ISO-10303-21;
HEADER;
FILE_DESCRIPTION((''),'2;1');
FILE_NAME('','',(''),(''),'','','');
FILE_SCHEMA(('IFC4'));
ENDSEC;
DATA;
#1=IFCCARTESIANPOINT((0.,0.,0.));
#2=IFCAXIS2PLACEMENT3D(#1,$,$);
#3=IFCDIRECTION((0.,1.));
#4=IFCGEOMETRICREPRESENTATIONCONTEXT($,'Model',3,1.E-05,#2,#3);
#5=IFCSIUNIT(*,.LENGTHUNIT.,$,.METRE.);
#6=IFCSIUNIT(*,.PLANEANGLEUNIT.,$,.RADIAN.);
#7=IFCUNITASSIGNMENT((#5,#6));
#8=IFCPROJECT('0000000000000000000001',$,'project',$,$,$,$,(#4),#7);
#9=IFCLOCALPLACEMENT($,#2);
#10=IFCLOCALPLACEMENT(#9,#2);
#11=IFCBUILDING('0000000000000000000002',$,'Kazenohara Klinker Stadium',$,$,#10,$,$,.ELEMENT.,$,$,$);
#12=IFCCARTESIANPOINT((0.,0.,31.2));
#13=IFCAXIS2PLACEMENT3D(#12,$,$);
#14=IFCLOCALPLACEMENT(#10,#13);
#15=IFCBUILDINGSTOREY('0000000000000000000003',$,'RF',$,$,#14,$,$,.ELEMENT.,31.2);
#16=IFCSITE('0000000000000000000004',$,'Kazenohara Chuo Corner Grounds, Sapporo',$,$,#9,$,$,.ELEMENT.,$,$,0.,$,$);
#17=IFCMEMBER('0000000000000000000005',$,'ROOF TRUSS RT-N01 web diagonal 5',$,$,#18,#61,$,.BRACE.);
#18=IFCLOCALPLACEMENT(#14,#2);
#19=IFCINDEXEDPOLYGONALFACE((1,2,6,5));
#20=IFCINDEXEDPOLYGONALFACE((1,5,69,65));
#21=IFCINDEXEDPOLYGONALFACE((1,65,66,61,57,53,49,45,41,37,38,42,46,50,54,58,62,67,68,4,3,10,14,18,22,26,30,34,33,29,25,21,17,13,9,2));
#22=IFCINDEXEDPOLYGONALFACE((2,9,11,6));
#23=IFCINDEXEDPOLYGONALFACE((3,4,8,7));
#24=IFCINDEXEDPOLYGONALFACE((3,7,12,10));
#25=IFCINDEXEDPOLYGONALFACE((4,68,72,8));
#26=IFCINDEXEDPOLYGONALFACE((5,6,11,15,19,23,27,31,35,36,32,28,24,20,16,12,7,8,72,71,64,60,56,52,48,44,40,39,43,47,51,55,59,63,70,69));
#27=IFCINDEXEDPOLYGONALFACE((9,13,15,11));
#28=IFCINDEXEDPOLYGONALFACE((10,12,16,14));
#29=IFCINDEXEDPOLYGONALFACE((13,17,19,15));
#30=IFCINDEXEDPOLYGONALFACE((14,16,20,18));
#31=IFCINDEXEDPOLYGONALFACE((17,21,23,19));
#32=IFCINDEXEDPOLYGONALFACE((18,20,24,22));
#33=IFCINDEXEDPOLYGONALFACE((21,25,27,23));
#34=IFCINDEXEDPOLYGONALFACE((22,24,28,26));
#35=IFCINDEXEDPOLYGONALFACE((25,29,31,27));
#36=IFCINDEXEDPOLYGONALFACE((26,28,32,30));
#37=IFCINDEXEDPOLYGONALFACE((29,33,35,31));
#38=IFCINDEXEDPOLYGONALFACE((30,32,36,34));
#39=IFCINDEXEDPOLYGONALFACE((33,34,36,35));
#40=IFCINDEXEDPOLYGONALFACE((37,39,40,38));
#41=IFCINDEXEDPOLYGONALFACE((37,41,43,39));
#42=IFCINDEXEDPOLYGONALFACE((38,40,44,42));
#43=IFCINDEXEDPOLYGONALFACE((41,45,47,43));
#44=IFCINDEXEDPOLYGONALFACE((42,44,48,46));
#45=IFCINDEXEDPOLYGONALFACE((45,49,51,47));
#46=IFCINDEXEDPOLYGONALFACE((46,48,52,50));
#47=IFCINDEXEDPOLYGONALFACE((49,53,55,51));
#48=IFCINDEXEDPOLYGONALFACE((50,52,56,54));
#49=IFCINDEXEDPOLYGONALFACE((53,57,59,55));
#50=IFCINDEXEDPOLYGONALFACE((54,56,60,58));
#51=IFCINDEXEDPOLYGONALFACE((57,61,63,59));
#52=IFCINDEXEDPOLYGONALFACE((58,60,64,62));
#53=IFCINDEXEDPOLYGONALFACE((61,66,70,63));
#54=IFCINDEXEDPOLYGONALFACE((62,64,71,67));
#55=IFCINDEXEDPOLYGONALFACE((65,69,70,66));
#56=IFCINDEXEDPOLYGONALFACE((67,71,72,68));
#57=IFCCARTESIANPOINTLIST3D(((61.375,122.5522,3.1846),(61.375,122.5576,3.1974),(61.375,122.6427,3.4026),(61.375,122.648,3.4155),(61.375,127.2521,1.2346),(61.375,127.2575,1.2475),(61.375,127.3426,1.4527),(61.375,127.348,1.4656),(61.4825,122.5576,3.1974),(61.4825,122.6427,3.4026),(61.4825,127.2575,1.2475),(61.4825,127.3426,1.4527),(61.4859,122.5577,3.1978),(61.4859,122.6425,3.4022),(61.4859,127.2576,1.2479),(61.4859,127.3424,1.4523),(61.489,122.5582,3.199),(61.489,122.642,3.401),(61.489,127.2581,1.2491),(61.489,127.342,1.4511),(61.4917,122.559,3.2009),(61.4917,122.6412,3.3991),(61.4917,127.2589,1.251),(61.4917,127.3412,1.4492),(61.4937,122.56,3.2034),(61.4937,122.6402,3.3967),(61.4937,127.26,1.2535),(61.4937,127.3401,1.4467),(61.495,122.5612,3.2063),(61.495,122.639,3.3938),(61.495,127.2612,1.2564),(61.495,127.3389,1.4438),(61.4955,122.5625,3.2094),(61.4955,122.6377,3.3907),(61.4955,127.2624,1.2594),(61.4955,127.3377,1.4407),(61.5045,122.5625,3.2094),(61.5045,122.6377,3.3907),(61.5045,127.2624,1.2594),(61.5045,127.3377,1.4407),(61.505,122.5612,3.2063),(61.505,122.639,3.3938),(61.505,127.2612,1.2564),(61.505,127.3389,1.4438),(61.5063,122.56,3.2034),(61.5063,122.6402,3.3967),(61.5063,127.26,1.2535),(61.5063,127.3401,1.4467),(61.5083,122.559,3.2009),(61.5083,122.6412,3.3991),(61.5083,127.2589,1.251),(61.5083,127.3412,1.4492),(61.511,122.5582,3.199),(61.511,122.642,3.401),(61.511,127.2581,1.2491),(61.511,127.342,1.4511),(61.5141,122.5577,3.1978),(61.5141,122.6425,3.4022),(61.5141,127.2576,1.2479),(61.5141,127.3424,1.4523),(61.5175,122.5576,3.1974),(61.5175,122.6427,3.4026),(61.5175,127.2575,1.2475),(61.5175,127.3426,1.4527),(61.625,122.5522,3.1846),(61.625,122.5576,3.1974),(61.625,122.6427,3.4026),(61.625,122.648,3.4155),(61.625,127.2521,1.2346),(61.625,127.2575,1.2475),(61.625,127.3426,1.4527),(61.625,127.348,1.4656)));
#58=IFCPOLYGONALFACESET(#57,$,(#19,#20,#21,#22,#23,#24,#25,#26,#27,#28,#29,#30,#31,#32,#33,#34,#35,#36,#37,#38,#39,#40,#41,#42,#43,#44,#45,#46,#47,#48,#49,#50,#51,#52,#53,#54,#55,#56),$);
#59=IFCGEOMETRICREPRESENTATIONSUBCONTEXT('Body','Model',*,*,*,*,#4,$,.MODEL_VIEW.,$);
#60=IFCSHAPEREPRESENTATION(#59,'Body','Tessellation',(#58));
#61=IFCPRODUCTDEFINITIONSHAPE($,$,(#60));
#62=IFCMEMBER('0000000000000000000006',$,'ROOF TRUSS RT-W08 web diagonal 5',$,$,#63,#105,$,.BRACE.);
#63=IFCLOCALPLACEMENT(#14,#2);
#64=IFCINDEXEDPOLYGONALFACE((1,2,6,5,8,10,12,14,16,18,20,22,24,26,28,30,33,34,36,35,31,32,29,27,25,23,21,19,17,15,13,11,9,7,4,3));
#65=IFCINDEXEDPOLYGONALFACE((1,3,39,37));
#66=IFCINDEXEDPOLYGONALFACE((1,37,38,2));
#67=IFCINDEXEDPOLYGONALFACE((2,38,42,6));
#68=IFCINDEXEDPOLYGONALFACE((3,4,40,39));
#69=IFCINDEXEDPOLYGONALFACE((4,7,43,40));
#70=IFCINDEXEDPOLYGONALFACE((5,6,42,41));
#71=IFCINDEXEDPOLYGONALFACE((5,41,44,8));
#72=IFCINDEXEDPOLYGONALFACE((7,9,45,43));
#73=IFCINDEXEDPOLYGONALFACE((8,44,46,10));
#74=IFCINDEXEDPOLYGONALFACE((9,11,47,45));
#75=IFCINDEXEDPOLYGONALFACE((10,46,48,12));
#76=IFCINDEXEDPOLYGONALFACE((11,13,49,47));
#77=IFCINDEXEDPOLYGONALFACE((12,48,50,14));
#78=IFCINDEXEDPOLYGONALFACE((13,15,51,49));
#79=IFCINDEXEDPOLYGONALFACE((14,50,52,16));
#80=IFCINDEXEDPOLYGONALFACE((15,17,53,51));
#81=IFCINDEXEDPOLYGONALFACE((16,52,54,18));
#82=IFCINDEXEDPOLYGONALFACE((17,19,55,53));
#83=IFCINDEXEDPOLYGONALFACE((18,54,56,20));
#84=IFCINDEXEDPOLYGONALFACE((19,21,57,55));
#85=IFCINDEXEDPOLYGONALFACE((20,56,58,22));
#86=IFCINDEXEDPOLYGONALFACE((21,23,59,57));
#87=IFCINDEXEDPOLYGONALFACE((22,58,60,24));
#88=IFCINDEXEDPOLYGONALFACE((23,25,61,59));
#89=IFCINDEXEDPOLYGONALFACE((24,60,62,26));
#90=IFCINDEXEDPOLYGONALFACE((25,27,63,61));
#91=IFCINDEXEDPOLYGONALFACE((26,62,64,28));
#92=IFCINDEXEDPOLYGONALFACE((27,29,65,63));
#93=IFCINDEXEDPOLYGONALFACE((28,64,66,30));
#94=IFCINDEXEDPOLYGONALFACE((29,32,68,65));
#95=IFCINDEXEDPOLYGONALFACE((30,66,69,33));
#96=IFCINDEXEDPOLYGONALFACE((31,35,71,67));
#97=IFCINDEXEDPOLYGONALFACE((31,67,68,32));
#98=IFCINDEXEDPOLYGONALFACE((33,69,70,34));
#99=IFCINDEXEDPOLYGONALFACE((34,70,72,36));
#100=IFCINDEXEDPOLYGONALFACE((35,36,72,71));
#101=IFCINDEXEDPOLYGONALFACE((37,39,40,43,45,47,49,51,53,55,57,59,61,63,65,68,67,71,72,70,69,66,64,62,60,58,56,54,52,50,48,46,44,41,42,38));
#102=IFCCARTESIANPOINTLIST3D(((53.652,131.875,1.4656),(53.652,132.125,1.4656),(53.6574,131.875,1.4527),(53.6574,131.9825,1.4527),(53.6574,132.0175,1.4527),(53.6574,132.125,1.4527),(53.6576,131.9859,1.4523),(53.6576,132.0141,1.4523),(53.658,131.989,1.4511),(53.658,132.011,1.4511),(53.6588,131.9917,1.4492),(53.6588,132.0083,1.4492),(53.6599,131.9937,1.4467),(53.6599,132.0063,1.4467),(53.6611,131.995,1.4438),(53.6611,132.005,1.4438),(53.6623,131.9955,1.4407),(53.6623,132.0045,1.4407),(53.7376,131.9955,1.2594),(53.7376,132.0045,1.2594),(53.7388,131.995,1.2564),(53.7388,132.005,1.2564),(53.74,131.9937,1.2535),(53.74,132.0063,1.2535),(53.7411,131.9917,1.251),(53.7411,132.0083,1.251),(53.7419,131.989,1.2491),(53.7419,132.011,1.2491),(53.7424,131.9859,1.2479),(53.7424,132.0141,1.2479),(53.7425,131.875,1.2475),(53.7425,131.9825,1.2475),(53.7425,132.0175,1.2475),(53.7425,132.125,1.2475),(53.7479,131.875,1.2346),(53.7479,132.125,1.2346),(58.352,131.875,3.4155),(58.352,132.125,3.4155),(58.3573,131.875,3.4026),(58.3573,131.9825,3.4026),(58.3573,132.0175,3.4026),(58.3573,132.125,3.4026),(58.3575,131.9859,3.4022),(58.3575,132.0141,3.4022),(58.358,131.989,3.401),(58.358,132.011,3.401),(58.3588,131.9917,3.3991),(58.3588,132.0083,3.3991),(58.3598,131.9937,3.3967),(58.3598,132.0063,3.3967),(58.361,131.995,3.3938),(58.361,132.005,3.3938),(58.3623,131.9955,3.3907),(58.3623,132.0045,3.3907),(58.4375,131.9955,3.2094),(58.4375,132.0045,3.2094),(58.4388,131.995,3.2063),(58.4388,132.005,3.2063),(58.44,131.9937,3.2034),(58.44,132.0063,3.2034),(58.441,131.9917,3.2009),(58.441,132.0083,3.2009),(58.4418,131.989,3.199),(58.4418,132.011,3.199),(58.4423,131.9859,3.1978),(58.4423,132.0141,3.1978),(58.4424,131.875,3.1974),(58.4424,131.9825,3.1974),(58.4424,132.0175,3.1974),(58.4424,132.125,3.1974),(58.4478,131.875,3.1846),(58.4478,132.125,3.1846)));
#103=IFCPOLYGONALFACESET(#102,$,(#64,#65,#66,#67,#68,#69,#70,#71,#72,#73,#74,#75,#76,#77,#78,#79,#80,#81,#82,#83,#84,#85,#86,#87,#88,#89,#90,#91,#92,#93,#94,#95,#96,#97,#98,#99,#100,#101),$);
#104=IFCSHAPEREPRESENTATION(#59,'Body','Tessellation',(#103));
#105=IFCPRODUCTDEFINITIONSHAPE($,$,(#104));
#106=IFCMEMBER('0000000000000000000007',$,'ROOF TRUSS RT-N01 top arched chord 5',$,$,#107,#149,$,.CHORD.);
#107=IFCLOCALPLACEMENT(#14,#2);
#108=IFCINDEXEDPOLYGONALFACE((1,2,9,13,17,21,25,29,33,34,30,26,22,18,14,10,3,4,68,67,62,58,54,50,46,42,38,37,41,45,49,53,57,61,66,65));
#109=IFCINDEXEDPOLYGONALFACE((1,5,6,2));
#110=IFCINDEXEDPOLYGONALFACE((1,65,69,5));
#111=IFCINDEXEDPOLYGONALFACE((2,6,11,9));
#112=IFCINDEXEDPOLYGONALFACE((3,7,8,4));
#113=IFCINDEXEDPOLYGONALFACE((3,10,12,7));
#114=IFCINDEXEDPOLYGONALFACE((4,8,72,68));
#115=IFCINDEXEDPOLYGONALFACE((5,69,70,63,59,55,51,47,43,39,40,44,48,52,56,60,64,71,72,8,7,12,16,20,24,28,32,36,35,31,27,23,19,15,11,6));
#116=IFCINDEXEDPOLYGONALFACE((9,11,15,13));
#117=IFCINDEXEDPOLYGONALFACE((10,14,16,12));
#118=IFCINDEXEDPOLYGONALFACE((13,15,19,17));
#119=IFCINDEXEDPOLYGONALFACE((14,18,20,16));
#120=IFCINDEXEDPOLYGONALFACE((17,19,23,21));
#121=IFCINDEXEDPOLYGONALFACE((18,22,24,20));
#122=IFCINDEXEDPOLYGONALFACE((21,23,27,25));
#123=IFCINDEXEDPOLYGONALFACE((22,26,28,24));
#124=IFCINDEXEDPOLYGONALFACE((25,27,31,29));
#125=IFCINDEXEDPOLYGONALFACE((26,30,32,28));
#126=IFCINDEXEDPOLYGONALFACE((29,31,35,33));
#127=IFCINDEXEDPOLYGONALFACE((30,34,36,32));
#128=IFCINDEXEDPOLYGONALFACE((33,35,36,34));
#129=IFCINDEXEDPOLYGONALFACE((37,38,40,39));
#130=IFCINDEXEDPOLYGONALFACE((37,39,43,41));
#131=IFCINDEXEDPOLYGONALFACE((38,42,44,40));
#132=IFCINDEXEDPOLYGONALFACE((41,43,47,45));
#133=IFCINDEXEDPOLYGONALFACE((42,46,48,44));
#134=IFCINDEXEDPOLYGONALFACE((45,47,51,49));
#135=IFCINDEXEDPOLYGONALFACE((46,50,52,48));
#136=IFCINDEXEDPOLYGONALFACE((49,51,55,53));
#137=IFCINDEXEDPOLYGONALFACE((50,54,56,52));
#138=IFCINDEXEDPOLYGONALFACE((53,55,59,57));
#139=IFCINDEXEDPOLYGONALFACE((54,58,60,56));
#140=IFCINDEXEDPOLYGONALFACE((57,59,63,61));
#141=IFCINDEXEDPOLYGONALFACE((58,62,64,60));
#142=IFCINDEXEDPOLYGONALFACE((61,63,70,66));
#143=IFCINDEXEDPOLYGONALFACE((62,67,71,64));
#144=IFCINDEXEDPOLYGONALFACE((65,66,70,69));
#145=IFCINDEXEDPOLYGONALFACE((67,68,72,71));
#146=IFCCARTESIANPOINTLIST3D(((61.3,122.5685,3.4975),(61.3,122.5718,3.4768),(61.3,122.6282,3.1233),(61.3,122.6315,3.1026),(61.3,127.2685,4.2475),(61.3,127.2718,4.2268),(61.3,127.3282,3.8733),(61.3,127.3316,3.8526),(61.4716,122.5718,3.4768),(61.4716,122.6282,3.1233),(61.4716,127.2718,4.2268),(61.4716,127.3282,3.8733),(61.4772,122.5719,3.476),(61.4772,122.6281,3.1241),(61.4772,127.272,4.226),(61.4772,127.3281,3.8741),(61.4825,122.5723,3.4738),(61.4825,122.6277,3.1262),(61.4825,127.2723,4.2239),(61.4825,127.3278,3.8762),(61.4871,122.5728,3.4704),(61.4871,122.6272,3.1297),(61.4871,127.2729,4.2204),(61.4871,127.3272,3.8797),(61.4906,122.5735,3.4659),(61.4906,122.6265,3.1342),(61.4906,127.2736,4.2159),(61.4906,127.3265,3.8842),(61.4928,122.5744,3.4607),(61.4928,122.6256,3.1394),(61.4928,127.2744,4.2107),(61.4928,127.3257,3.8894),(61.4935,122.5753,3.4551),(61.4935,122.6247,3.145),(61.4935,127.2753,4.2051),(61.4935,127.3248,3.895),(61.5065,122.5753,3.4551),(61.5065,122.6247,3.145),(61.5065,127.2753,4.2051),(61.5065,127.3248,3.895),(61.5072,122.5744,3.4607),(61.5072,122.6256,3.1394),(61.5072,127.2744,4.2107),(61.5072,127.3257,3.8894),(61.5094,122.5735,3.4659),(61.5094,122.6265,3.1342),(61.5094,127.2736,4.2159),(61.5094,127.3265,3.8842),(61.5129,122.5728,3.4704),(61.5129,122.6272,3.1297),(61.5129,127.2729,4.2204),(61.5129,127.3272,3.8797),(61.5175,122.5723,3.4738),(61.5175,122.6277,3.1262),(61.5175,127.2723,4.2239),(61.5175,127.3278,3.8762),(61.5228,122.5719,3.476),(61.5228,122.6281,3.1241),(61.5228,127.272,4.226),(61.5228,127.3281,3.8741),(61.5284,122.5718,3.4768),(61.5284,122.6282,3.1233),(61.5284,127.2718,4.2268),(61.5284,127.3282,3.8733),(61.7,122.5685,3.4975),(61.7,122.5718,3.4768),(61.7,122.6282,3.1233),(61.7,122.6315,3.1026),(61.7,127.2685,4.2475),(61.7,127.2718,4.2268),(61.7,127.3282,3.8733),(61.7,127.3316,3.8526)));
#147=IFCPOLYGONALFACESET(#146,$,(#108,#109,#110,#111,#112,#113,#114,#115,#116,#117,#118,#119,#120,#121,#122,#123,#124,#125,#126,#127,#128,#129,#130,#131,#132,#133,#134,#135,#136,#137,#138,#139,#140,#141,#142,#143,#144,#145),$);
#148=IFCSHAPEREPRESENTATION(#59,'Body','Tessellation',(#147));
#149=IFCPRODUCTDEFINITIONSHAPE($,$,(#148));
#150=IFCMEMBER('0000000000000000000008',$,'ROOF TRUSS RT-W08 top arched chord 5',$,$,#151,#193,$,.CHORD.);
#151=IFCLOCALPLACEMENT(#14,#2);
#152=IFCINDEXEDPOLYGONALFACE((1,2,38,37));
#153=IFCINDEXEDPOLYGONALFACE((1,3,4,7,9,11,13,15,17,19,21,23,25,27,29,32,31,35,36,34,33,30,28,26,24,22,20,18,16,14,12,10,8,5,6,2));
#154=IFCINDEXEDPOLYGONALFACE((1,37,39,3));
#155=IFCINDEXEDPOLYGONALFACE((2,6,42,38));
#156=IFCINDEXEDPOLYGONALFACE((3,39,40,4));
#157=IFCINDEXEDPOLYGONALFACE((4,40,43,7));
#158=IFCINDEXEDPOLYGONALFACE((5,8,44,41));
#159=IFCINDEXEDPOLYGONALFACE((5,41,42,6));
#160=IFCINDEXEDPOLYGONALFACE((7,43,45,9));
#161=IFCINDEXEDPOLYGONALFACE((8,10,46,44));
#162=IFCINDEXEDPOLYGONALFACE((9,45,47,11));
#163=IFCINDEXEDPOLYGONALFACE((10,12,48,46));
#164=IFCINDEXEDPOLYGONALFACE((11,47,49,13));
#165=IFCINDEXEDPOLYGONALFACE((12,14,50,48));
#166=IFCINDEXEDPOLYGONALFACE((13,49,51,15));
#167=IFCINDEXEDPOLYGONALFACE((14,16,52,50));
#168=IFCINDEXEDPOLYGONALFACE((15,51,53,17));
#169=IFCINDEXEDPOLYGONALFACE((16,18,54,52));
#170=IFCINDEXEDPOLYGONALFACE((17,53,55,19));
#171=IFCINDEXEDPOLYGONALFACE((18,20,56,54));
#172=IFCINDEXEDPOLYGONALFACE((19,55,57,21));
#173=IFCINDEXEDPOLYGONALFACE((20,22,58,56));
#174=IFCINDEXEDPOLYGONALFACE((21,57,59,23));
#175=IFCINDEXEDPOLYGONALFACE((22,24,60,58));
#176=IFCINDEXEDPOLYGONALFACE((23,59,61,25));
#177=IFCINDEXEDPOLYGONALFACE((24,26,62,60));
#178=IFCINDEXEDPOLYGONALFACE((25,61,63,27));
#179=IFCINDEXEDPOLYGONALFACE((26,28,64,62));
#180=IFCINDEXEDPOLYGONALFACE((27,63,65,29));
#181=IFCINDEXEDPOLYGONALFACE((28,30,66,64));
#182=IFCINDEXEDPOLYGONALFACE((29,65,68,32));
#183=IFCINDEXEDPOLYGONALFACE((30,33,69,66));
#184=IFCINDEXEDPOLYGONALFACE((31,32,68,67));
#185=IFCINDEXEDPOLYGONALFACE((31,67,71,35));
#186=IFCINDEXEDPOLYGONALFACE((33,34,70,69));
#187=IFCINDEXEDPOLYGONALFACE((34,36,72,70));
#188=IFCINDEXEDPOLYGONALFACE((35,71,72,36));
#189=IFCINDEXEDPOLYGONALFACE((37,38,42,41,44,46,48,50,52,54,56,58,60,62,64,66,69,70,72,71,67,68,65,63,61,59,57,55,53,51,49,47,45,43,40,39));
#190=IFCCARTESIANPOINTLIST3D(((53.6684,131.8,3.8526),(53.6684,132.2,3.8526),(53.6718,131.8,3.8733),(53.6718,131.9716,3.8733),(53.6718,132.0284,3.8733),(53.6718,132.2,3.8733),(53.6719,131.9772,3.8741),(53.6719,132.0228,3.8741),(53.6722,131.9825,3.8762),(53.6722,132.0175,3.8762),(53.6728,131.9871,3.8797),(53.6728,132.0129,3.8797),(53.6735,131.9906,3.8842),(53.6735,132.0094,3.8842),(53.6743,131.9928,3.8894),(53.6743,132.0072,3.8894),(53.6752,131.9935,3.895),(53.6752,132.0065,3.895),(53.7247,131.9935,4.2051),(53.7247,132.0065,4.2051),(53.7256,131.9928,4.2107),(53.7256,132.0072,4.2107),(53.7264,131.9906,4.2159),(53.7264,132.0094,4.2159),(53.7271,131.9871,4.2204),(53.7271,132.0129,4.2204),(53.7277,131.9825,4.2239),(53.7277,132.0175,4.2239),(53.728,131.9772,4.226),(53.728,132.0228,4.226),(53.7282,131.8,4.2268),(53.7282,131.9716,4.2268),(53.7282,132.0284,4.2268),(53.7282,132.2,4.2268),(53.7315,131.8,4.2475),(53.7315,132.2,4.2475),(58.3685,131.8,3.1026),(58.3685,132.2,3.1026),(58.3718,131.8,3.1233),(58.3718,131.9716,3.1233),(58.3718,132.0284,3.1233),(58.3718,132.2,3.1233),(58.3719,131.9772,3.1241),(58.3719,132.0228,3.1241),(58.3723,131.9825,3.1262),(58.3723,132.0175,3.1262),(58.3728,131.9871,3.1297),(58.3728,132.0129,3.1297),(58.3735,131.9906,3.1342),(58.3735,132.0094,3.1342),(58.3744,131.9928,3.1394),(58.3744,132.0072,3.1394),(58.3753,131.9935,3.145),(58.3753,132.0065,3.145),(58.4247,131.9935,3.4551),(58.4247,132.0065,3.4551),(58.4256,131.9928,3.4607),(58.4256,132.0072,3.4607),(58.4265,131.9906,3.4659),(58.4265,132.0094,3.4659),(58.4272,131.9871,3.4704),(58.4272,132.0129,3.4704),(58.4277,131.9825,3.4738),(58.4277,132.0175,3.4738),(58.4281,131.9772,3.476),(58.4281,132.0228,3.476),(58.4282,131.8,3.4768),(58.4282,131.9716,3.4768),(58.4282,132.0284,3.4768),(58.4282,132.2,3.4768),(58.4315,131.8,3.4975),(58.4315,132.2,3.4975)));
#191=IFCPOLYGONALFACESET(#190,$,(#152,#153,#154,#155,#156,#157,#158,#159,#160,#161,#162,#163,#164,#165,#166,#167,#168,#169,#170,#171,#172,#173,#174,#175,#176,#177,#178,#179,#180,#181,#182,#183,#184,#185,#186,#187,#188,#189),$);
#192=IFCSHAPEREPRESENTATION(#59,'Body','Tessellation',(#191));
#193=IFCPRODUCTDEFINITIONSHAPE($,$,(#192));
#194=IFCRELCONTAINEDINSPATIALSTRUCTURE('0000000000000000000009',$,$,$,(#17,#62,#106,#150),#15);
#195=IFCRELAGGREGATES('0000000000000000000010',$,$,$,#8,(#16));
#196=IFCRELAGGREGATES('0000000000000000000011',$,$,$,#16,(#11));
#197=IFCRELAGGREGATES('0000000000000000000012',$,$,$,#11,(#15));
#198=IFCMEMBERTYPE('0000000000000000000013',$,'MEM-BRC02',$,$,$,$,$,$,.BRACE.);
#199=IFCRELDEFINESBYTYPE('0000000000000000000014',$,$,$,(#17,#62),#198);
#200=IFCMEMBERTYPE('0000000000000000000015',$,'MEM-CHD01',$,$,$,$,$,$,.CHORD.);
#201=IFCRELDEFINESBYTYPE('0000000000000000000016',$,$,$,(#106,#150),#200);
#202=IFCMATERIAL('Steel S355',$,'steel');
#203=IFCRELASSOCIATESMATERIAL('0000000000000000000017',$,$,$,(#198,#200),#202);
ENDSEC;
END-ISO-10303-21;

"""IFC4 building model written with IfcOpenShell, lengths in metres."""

from ifc_helpers import new_model, si_unit, direction, frame, origin, origin_2d, place, context, subcontext, project, spatial, i_section, extrude, material, material_profile, profile_set, type_object, element, save


model = new_model("IFC4")

# Units and contexts
model_context = context("Model", 3, precision=1e-05, world=origin(), true_north=direction((0.0, 1.0)))
body_context = subcontext(model_context, "Body", "Model", "MODEL_VIEW")
ifc_project = project(units=[si_unit("LENGTHUNIT", "METRE"), si_unit("PLANEANGLEUNIT", "RADIAN")], contexts=[model_context])

# Site, building, storey
site_placement = place(None, origin())
site = spatial("IfcSite", under=ifc_project, at=site_placement, Name="Kazenohara Chuo Corner Grounds, Sapporo", CompositionType="ELEMENT", RefElevation=0.0)
building_placement = place(site_placement, origin())
building = spatial("IfcBuilding", under=site, at=building_placement, Name="Kazenohara Klinker Stadium", CompositionType="ELEMENT")
storey_placement = place(building_placement, frame((0.0, 0.0, 31.2)))
storey = spatial("IfcBuildingStorey", under=building, at=storey_placement, Name="RF", CompositionType="ELEMENT", Elevation=31.2)

# Members
ifc_material = material(Name="Steel S355", Category="steel")
ifc_material_profile_1 = material_profile(ifc_material, i_section(OverallWidth=0.25, OverallDepth=0.25, WebThickness=0.009, FlangeThickness=0.0139, FilletRadius=0.0129, at=origin_2d()), Name="H-250x250x9x14")
ifc_profile_set_1 = profile_set([ifc_material_profile_1], Name="Steel S355")
member_type_1 = type_object("IfcMemberType", Name="MEM-BRC02", PredefinedType="BRACE", material=ifc_profile_set_1)
for number, where, z_axis, x_axis, name in (
    (1, (61.5, 127.3, 1.3501), (0.0, -0.923659, 0.383215), (1.0, 0.0, 0.0), "ROOF TRUSS RT-N01 web diagonal 5"),
    (2, (53.7, 132.0, 1.3501), (0.923659, 0.0, 0.383215), (0.0, 1.0, 0.0), "ROOF TRUSS RT-W08 web diagonal 5"),
):
    element("IfcMember", number, at=place(storey_placement, frame(where, z_axis=z_axis, x_axis=x_axis)), inside=storey, type_object=member_type_1, Name=name, PredefinedType="BRACE", context=body_context, shape_type="SweptSolid", body=[
        extrude(i_section(OverallWidth=0.25, OverallDepth=0.25, WebThickness=0.009, FlangeThickness=0.0139, FilletRadius=0.0129, at=origin_2d()), origin(), (0.0, 0.0, 1.0), 5.0884),
    ])
ifc_material_profile_2 = material_profile(ifc_material, i_section(OverallWidth=0.3999, OverallDepth=0.3999, WebThickness=0.0129, FlangeThickness=0.021, FilletRadius=0.022, at=origin_2d()), Name="H-400x400x13x21")
ifc_profile_set_2 = profile_set([ifc_material_profile_2], Name="Steel S355")
member_type_2 = type_object("IfcMemberType", Name="MEM-CHD01", PredefinedType="CHORD", material=ifc_profile_set_2)
for number, where, z_axis, x_axis, name in (
    (3, (61.5, 127.3, 4.05), (0.0, -0.987506, -0.157582), (1.0, 0.0, 0.0), "ROOF TRUSS RT-N01 top arched chord 5"),
    (4, (53.7, 132.0, 4.05), (0.987506, 0.0, -0.157582), (0.0, 1.0, 0.0), "ROOF TRUSS RT-W08 top arched chord 5"),
):
    element("IfcMember", number, at=place(storey_placement, frame(where, z_axis=z_axis, x_axis=x_axis)), inside=storey, type_object=member_type_2, Name=name, PredefinedType="CHORD", context=body_context, shape_type="SweptSolid", body=[
        extrude(i_section(OverallWidth=0.3999, OverallDepth=0.3999, WebThickness=0.0129, FlangeThickness=0.021, FilletRadius=0.022, at=origin_2d()), origin(), (0.0, 0.0, 1.0), 4.7595),
    ])

save(model, "model.ifc")
